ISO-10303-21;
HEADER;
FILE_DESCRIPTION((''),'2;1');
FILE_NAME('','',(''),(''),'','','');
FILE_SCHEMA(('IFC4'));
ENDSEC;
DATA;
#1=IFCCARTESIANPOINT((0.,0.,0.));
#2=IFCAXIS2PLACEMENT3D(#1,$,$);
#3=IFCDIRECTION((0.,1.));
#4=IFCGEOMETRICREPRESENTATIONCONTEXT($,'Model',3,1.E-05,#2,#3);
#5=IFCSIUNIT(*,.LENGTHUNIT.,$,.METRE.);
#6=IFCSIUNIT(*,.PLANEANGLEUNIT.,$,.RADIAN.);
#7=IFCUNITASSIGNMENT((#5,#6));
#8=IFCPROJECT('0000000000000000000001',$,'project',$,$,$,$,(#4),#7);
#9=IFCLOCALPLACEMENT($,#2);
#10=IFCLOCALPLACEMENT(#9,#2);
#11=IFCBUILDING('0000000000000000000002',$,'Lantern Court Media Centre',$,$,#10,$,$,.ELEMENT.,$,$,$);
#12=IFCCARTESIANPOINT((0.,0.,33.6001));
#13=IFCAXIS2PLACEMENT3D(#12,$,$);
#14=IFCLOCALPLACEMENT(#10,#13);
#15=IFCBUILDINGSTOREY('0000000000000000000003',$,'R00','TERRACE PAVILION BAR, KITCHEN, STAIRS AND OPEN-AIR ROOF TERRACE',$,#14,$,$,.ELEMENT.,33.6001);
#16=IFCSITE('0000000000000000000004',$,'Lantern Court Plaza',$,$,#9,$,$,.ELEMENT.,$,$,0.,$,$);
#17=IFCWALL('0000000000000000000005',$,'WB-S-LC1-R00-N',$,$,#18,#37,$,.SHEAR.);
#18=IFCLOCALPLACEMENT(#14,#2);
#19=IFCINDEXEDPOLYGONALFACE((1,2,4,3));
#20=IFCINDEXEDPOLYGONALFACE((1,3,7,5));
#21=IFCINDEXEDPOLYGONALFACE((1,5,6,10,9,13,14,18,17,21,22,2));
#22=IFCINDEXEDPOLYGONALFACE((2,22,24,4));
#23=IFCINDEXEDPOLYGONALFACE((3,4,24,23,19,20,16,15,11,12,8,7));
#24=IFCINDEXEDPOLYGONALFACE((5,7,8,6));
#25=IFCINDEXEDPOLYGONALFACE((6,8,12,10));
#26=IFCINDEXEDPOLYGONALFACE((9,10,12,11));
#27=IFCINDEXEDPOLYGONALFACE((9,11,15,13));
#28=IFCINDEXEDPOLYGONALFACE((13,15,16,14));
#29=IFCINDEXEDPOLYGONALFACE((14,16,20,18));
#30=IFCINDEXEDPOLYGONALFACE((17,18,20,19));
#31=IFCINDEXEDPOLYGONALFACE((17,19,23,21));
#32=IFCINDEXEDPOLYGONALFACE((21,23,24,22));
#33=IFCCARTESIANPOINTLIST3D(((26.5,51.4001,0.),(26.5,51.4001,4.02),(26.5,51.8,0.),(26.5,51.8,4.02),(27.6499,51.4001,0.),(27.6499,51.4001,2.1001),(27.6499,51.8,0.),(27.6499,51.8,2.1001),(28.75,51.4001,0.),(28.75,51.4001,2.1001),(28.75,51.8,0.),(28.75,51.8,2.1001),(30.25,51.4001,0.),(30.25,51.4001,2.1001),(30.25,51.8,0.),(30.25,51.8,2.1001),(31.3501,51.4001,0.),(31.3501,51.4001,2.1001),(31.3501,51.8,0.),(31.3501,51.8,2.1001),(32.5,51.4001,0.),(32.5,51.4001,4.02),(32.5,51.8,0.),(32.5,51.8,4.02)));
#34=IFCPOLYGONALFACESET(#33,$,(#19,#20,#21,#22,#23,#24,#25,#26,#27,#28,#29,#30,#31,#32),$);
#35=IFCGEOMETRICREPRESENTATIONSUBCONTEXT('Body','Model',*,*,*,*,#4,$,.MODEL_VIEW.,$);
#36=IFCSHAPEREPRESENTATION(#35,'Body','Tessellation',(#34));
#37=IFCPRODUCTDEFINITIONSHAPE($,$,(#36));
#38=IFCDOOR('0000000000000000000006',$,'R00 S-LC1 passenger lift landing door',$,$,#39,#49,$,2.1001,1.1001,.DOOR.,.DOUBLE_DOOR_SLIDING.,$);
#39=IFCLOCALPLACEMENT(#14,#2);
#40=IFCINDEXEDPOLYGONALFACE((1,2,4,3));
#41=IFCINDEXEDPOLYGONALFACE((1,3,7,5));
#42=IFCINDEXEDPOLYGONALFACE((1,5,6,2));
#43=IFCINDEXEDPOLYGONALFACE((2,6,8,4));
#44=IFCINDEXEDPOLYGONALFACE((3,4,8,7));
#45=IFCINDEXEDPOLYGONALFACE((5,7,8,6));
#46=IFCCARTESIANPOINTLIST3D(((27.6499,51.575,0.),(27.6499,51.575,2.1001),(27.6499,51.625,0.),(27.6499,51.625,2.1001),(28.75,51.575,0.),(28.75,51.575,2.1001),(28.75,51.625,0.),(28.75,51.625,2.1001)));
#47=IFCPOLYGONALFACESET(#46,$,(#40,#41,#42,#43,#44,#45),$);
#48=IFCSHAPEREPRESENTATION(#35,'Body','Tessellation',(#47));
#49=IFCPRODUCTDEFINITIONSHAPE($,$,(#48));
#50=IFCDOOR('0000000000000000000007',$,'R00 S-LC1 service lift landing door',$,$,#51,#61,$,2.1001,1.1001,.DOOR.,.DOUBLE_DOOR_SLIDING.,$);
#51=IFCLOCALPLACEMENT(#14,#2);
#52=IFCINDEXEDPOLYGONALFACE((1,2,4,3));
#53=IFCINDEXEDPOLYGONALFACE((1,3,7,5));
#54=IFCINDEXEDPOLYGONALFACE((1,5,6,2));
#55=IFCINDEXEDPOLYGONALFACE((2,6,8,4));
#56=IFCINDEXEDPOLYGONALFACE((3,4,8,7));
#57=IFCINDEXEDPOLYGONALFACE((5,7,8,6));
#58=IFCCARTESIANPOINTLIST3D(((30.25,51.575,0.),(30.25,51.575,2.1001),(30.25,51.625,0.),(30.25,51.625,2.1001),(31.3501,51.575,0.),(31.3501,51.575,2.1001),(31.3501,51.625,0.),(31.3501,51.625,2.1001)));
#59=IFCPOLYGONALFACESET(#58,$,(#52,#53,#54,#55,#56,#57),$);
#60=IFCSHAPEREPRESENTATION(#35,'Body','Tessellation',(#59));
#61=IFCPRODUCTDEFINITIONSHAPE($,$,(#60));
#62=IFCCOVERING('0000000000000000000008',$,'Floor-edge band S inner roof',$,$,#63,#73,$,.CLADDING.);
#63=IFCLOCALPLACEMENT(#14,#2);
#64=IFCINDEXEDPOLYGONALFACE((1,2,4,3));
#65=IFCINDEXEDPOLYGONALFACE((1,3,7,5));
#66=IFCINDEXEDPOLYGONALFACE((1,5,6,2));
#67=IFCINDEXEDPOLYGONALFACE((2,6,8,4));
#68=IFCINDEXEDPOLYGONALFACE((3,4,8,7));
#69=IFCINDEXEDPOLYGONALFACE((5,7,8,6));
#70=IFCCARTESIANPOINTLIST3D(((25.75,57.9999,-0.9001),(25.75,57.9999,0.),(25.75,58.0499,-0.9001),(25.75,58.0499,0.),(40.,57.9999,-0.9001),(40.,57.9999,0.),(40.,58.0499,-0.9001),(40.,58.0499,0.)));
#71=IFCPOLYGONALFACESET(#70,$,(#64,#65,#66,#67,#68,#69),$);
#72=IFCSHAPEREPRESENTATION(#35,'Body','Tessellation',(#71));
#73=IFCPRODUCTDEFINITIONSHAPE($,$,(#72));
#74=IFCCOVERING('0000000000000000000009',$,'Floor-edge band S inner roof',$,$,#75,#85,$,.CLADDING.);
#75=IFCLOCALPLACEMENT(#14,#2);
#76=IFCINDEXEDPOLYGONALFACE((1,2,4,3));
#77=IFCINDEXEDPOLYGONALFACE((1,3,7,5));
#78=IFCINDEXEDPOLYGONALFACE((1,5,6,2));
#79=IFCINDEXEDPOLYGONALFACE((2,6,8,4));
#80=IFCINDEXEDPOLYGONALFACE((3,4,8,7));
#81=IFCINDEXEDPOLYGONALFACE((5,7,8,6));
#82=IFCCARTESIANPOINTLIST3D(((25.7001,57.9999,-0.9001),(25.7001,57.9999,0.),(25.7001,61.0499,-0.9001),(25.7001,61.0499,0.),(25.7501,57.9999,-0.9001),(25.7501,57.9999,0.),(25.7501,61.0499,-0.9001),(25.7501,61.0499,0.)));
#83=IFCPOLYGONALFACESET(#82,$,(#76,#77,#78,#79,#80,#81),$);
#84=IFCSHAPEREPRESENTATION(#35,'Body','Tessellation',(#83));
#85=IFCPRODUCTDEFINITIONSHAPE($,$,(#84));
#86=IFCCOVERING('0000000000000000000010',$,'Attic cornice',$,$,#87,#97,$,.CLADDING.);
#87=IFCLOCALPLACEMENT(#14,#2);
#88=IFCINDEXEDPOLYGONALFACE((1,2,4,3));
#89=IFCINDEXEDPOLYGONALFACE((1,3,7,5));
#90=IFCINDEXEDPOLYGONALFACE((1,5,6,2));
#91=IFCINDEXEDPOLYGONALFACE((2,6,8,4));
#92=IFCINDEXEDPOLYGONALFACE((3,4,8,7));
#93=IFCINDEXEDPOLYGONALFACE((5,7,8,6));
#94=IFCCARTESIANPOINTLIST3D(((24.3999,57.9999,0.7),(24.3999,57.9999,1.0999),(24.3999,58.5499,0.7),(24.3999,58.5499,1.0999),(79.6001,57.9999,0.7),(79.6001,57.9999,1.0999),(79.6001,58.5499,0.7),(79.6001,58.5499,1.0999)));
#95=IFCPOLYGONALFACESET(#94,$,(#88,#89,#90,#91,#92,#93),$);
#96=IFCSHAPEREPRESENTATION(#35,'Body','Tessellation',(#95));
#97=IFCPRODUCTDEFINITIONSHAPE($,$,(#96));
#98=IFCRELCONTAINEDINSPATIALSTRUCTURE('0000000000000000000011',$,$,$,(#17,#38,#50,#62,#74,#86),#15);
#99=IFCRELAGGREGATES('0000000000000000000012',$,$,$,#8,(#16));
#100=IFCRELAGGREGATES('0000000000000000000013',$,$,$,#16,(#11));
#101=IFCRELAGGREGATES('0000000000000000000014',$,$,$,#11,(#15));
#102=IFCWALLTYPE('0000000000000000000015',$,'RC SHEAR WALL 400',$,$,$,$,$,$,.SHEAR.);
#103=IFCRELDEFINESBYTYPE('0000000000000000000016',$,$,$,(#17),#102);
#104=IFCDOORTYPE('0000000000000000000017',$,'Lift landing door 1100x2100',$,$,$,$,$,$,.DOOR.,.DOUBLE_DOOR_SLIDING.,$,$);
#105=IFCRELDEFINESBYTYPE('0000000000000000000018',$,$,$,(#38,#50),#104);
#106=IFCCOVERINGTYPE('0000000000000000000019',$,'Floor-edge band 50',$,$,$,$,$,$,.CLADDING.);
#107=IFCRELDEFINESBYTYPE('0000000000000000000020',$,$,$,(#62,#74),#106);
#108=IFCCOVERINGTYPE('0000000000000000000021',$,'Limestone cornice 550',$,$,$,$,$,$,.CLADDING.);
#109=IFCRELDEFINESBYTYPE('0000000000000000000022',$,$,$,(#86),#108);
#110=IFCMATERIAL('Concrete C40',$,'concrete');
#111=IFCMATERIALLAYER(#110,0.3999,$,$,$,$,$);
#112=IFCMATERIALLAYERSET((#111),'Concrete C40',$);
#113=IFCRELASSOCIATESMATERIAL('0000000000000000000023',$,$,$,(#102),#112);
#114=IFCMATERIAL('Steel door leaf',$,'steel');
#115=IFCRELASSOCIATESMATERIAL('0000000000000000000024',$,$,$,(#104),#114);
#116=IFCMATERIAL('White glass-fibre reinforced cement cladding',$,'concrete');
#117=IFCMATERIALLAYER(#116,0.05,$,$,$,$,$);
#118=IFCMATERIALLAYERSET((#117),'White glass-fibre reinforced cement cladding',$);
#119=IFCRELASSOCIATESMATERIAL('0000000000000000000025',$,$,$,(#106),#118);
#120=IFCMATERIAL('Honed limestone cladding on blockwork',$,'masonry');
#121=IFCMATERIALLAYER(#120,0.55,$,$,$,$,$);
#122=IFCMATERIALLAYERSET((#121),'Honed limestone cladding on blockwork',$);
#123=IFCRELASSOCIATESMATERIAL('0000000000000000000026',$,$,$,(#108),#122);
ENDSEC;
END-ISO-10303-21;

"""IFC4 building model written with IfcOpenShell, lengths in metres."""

from ifc_helpers import new_model, si_unit, direction, frame, frame_2d, origin, place, context, subcontext, project, spatial, rectangle, extrude, material, layer, layer_set, type_object, element, fill, save


model = new_model("IFC4")

# Units and contexts
model_context = context("Model", 3, precision=1e-05, world=origin(), true_north=direction((0.0, 1.0)))
body_context = subcontext(model_context, "Body", "Model", "MODEL_VIEW")
ifc_project = project(units=[si_unit("LENGTHUNIT", "METRE"), si_unit("PLANEANGLEUNIT", "RADIAN")], contexts=[model_context])

# Site, building, storey
site_placement = place(None, origin())
site = spatial("IfcSite", under=ifc_project, at=site_placement, Name="Lantern Court Plaza", CompositionType="ELEMENT", RefElevation=0.0)
building_placement = place(site_placement, origin())
building = spatial("IfcBuilding", under=site, at=building_placement, Name="Lantern Court Media Centre", CompositionType="ELEMENT")
storey_placement = place(building_placement, frame((0.0, 0.0, 33.6001)))
storey = spatial("IfcBuildingStorey", under=building, at=storey_placement, Name="R00", Description="TERRACE PAVILION BAR, KITCHEN, STAIRS AND OPEN-AIR ROOF TERRACE", CompositionType="ELEMENT", Elevation=33.6001)

# Wall, openings, doors
ifc_material_1 = material(Name="Concrete C40", Category="concrete")
ifc_layer_1 = layer(ifc_material_1, 0.3999)
ifc_layer_set_1 = layer_set([ifc_layer_1], Name="Concrete C40")
wall_type = type_object("IfcWallType", Name="RC SHEAR WALL 400", PredefinedType="SHEAR", material=ifc_layer_set_1)
wall_placement = place(storey_placement, frame((26.5, 51.6001, 0.0), z_axis=(0.0, 0.0, 1.0), x_axis=(1.0, 0.0, 0.0)))
wall = element("IfcWall", 1, at=wall_placement, inside=storey, type_object=wall_type, Name="WB-S-LC1-R00-N", PredefinedType="SHEAR", context=body_context, shape_type="SweptSolid", body=[
    extrude(rectangle(XDim=6.0, YDim=0.3999, at=frame_2d((3.0, 0.0))), origin(), (0.0, 0.0, 1.0), 4.02),
])
opening_1_placement = place(wall_placement, frame((1.1499, 0.0, 0.0)))
opening_1 = element("IfcOpeningElement", 2, at=opening_1_placement, cuts=wall, PredefinedType="OPENING", context=body_context, shape_type="SweptSolid", body=[
    extrude(rectangle(XDim=1.1001, YDim=2.1001, at=frame_2d((0.55, 1.05))), frame((0.0, 0.21, 0.0), z_axis=(0.0, -1.0, 0.0), x_axis=(1.0, 0.0, 0.0)), (0.0, 0.0, 1.0), 0.4199),
])
opening_2_placement = place(wall_placement, frame((3.75, 0.0, 0.0)))
opening_2 = element("IfcOpeningElement", 3, at=opening_2_placement, cuts=wall, PredefinedType="OPENING", context=body_context, shape_type="SweptSolid", body=[
    extrude(rectangle(XDim=1.1001, YDim=2.1001, at=frame_2d((0.55, 1.05))), frame((0.0, 0.21, 0.0), z_axis=(0.0, -1.0, 0.0), x_axis=(1.0, 0.0, 0.0)), (0.0, 0.0, 1.0), 0.4199),
])
ifc_material_2 = material(Name="Steel door leaf", Category="steel")
door_type = type_object("IfcDoorType", Name="Lift landing door 1100x2100", OperationType="DOUBLE_DOOR_SLIDING", PredefinedType="DOOR", material=ifc_material_2)
door_1_placement = place(opening_1_placement, origin())
door_1 = element("IfcDoor", 4, at=door_1_placement, inside=storey, type_object=door_type, Name="R00 S-LC1 passenger lift landing door", OperationType="DOUBLE_DOOR_SLIDING", OverallHeight=2.1001, OverallWidth=1.1001, PredefinedType="DOOR", context=body_context, shape_type="SweptSolid", body=[
    extrude(rectangle(XDim=1.1001, YDim=2.1001, at=frame_2d((0.55, 1.05))), frame((0.0, 0.0249, 0.0), z_axis=(0.0, -1.0, 0.0), x_axis=(1.0, 0.0, 0.0)), (0.0, 0.0, 1.0), 0.05),
])
fill(opening_1, door_1)
door_2_placement = place(opening_2_placement, origin())
door_2 = element("IfcDoor", 5, at=door_2_placement, inside=storey, type_object=door_type, Name="R00 S-LC1 service lift landing door", OperationType="DOUBLE_DOOR_SLIDING", OverallHeight=2.1001, OverallWidth=1.1001, PredefinedType="DOOR", context=body_context, shape_type="SweptSolid", body=[
    extrude(rectangle(XDim=1.1001, YDim=2.1001, at=frame_2d((0.55, 1.05))), frame((0.0, 0.0249, 0.0), z_axis=(0.0, -1.0, 0.0), x_axis=(1.0, 0.0, 0.0)), (0.0, 0.0, 1.0), 0.05),
])
fill(opening_2, door_2)

# Coverings
ifc_material_3 = material(Name="White glass-fibre reinforced cement cladding", Category="concrete")
ifc_layer_2 = layer(ifc_material_3, 0.05)
ifc_layer_set_2 = layer_set([ifc_layer_2], Name="White glass-fibre reinforced cement cladding")
covering_type_1 = type_object("IfcCoveringType", Name="Floor-edge band 50", PredefinedType="CLADDING", material=ifc_layer_set_2)
covering_1_placement = place(storey_placement, frame((25.75, 58.0249, -0.9001), z_axis=(0.0, 0.0, 1.0), x_axis=(1.0, 0.0, 0.0)))
element("IfcCovering", 6, at=covering_1_placement, inside=storey, type_object=covering_type_1, Name="Floor-edge band S inner roof", PredefinedType="CLADDING", context=body_context, shape_type="SweptSolid", body=[
    extrude(rectangle(XDim=14.25, YDim=0.05, at=frame_2d((7.125, 0.0))), origin(), (0.0, 0.0, 1.0), 0.9001),
])
covering_2_placement = place(storey_placement, frame((25.7251, 58.0, -0.9001), z_axis=(0.0, 0.0, 1.0), x_axis=(0.0, 1.0, 0.0)))
element("IfcCovering", 7, at=covering_2_placement, inside=storey, type_object=covering_type_1, Name="Floor-edge band S inner roof", PredefinedType="CLADDING", context=body_context, shape_type="SweptSolid", body=[
    extrude(rectangle(XDim=3.05, YDim=0.05, at=frame_2d((1.5249, 0.0))), origin(), (0.0, 0.0, 1.0), 0.9001),
])
ifc_material_4 = material(Name="Honed limestone cladding on blockwork", Category="masonry")
ifc_layer_3 = layer(ifc_material_4, 0.55)
ifc_layer_set_3 = layer_set([ifc_layer_3], Name="Honed limestone cladding on blockwork")
covering_type_2 = type_object("IfcCoveringType", Name="Limestone cornice 550", PredefinedType="CLADDING", material=ifc_layer_set_3)
covering_3_placement = place(storey_placement, frame((24.3999, 58.2749, 0.7), z_axis=(0.0, 0.0, 1.0), x_axis=(1.0, 0.0, 0.0)))
element("IfcCovering", 8, at=covering_3_placement, inside=storey, type_object=covering_type_2, Name="Attic cornice", PredefinedType="CLADDING", context=body_context, shape_type="SweptSolid", body=[
    extrude(rectangle(XDim=55.2002, YDim=0.55, at=frame_2d((27.6001, 0.0))), origin(), (0.0, 0.0, 1.0), 0.3999),
])

save(model, "model.ifc")
